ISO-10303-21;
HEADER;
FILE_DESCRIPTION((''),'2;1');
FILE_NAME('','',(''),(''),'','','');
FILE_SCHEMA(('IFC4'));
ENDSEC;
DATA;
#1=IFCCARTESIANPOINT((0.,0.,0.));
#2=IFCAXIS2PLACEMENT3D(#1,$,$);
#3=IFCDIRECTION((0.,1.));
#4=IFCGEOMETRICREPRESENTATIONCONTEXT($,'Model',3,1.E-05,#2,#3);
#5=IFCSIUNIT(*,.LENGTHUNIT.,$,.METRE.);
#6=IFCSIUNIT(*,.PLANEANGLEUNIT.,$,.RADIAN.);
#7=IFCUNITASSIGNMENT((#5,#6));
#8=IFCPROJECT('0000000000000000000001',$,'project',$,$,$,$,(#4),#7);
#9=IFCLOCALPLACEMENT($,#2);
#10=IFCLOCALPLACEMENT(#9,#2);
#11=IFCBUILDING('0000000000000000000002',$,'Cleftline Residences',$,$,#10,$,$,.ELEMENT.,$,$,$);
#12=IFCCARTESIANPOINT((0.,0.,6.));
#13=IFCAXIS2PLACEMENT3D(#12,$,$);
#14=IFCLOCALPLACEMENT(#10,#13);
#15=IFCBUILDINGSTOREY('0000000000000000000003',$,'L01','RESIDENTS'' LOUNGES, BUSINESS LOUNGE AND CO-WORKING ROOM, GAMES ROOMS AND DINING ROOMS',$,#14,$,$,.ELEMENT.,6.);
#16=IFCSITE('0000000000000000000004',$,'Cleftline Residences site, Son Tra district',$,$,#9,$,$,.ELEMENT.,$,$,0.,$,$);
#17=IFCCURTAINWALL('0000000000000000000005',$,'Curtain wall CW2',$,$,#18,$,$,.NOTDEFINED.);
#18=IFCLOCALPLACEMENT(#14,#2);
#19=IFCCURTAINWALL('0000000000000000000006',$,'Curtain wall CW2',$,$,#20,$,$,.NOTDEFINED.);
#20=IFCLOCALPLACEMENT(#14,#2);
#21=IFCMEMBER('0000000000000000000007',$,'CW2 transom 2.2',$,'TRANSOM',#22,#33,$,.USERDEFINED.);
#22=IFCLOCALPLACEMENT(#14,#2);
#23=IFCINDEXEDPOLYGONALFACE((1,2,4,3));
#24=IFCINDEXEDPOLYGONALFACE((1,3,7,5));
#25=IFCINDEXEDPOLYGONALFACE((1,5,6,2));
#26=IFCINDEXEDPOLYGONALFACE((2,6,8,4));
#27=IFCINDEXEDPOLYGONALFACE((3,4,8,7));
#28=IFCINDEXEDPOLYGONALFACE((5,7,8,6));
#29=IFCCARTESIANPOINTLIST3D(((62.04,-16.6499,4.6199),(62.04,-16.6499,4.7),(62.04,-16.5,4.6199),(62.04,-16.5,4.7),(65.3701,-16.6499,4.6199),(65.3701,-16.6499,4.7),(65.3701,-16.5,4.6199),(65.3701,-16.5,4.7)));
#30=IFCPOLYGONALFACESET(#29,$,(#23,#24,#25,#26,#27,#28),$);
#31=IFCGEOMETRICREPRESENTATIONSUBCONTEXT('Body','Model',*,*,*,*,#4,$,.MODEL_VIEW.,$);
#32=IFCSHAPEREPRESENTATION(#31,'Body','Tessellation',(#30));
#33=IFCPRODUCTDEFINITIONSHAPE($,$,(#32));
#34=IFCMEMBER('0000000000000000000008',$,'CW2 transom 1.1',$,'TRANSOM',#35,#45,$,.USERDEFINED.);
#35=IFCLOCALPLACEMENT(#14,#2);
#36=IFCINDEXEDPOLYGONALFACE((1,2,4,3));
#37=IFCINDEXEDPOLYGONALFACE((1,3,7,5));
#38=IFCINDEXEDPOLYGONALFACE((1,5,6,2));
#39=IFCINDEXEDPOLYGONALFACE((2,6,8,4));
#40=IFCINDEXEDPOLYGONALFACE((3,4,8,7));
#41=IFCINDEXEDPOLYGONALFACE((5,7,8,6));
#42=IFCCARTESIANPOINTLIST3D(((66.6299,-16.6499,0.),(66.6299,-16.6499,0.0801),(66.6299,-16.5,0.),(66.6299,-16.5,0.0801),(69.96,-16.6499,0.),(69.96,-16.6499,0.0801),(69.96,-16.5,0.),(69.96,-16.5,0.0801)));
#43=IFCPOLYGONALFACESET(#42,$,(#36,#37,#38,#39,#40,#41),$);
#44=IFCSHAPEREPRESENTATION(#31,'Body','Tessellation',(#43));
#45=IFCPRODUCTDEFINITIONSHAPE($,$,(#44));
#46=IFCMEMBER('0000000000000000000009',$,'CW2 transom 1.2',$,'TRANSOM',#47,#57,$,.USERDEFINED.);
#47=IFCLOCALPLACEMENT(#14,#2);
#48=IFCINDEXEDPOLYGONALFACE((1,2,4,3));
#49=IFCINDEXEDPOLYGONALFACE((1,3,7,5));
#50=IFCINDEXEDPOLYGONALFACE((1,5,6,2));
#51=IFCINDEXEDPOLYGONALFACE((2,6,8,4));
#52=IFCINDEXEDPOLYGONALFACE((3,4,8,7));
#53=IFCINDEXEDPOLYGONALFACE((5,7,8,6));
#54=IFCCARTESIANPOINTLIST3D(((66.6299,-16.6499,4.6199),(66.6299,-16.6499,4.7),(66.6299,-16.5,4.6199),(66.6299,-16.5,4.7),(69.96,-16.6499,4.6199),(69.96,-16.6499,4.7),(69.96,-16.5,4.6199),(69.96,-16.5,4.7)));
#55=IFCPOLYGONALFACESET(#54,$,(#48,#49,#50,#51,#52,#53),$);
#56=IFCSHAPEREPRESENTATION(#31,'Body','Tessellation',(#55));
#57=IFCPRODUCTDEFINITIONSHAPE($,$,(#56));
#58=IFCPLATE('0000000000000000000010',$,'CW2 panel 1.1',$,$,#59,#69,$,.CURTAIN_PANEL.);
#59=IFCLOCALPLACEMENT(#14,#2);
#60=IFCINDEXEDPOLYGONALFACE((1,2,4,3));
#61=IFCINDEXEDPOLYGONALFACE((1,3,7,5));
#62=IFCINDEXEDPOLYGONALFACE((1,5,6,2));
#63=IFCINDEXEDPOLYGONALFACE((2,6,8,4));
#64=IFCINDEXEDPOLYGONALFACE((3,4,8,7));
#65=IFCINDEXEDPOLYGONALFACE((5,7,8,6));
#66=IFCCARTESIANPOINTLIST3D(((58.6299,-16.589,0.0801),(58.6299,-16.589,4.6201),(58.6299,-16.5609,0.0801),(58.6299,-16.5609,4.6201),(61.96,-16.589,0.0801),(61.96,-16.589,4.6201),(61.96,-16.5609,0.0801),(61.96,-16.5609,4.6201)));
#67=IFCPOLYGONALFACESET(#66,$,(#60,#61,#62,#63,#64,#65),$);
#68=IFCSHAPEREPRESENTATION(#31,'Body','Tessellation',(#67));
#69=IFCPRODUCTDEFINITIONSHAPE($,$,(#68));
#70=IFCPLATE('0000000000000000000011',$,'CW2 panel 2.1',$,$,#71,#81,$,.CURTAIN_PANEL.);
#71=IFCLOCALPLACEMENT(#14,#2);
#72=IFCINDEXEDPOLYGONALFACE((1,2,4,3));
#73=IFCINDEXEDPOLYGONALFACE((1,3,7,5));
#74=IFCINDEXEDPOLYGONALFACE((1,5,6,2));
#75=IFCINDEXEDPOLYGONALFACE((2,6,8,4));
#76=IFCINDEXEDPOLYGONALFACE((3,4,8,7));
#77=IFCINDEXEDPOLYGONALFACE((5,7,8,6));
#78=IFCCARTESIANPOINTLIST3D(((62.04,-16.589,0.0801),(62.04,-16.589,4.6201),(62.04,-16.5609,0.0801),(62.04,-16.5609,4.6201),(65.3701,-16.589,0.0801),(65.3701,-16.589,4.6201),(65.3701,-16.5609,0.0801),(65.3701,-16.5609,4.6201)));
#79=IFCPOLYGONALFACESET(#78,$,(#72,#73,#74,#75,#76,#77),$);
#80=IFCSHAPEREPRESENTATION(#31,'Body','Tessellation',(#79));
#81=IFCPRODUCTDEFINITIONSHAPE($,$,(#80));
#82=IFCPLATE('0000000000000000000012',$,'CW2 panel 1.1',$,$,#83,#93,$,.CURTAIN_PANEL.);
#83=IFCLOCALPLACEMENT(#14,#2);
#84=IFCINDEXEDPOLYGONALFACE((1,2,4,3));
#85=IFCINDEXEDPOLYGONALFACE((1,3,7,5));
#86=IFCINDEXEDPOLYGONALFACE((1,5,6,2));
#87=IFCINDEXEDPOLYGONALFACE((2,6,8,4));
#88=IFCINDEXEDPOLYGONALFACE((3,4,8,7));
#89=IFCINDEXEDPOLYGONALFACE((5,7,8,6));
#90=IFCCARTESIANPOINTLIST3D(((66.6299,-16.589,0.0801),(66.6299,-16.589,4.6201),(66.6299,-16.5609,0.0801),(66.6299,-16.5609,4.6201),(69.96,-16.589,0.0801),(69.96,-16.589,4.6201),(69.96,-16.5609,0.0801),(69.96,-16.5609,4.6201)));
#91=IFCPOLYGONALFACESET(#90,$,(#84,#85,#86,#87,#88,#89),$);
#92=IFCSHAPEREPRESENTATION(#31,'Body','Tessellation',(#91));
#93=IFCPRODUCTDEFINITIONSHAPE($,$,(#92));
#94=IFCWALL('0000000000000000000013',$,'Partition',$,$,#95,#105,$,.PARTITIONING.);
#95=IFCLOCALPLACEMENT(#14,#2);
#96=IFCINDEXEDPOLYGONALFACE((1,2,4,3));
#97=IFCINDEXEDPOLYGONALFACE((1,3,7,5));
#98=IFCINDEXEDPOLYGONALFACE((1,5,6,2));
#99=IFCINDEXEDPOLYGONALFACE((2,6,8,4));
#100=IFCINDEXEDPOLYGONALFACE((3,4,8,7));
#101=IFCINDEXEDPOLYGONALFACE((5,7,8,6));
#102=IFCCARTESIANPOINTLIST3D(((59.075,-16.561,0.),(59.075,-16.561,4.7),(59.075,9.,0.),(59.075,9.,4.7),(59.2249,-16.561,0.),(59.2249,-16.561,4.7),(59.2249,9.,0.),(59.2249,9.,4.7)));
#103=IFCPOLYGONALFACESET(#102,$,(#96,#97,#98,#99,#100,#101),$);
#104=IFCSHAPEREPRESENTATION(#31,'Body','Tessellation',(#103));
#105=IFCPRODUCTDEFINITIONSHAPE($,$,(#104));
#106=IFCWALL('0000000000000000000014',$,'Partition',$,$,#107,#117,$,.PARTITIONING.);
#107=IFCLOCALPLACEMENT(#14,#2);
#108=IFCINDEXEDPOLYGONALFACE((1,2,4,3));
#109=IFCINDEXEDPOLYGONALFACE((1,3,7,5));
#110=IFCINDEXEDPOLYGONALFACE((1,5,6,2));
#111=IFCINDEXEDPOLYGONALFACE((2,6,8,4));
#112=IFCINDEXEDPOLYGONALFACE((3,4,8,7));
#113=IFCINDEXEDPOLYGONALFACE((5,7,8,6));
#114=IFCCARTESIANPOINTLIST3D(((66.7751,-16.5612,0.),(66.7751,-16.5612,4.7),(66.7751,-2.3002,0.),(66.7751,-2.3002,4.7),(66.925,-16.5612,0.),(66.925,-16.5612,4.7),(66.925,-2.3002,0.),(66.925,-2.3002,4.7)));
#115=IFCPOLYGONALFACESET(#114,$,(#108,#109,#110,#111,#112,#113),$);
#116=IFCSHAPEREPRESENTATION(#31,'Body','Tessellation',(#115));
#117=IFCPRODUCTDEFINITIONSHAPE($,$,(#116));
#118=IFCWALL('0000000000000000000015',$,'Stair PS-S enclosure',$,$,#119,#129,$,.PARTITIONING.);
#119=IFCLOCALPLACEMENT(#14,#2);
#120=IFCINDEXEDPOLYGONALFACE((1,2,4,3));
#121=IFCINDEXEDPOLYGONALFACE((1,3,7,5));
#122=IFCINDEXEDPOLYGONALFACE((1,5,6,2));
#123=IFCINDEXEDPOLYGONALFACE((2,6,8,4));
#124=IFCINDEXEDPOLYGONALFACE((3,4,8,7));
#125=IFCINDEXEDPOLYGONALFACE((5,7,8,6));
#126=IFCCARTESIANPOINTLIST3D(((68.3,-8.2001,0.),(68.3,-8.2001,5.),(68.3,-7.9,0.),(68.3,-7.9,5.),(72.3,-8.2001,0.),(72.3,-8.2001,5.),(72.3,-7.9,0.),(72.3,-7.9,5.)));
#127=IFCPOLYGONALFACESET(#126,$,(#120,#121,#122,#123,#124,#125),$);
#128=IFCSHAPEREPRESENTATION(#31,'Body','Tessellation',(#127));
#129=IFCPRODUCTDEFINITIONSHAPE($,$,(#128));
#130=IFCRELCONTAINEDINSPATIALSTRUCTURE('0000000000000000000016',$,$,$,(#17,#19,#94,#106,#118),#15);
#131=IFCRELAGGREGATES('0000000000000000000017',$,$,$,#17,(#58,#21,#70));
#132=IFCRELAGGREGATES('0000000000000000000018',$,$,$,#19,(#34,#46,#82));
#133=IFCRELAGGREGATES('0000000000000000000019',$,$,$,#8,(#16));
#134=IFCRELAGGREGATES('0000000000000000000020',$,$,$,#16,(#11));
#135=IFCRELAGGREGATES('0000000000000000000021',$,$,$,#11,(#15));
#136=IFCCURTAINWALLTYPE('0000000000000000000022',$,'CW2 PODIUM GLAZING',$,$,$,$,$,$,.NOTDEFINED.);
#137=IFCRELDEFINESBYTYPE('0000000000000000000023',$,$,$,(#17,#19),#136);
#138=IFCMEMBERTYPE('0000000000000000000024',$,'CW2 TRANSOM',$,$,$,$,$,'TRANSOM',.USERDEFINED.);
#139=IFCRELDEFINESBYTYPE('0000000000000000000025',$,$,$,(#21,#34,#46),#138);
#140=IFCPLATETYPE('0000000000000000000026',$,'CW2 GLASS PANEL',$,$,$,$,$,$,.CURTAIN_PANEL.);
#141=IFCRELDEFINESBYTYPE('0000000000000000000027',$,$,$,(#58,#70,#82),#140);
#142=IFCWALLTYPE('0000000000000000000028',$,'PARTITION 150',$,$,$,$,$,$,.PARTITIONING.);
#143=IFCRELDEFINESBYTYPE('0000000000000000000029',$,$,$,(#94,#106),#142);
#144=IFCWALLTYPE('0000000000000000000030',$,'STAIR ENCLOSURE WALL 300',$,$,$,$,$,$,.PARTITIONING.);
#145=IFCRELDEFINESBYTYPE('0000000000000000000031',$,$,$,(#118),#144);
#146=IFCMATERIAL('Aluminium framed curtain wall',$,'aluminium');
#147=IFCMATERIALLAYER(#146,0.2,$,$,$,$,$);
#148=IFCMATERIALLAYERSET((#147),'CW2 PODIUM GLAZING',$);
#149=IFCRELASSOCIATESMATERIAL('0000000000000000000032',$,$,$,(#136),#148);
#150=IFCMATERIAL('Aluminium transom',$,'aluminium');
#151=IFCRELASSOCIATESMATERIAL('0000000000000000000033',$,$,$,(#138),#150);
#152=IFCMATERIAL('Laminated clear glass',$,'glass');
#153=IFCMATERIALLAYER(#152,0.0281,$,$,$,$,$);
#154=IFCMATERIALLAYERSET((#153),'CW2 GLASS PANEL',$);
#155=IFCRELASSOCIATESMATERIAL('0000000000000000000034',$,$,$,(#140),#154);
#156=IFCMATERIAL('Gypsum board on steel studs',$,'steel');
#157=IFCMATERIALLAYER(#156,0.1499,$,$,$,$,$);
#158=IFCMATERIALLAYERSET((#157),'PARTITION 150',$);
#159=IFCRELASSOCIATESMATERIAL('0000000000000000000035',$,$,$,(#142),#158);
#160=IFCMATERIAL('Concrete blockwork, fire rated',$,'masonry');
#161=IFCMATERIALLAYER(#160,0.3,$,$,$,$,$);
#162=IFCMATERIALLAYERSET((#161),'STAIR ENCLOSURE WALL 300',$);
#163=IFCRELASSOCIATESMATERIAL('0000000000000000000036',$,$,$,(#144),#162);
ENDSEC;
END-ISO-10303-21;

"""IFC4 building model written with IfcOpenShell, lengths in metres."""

from ifc_helpers import new_model, si_unit, direction, frame, frame_2d, origin, origin_2d, place, context, subcontext, project, spatial, rectangle, extrude, material, layer, layer_set, material_profile, profile_set, type_object, element, aggregate, save


model = new_model("IFC4")

# Units and contexts
model_context = context("Model", 3, precision=1e-05, world=origin(), true_north=direction((0.0, 1.0)))
body_context = subcontext(model_context, "Body", "Model", "MODEL_VIEW")
ifc_project = project(units=[si_unit("LENGTHUNIT", "METRE"), si_unit("PLANEANGLEUNIT", "RADIAN")], contexts=[model_context])

# Site, building, storey
site_placement = place(None, origin())
site = spatial("IfcSite", under=ifc_project, at=site_placement, Name="Cleftline Residences site, Son Tra district", CompositionType="ELEMENT", RefElevation=0.0)
building_placement = place(site_placement, origin())
building = spatial("IfcBuilding", under=site, at=building_placement, Name="Cleftline Residences", CompositionType="ELEMENT")
storey_placement = place(building_placement, frame((0.0, 0.0, 6.0)))
storey = spatial("IfcBuildingStorey", under=building, at=storey_placement, Name="L01", Description="RESIDENTS' LOUNGES, BUSINESS LOUNGE AND CO-WORKING ROOM, GAMES ROOMS AND DINING ROOMS", CompositionType="ELEMENT", Elevation=6.0)

# Curtain walls
ifc_material_1 = material(Name="Aluminium framed curtain wall", Category="aluminium")
ifc_layer_1 = layer(ifc_material_1, 0.2)
ifc_layer_set_1 = layer_set([ifc_layer_1], Name="CW2 PODIUM GLAZING")
curtain_wall_type = type_object("IfcCurtainWallType", Name="CW2 PODIUM GLAZING", PredefinedType="NOTDEFINED", material=ifc_layer_set_1)
curtain_wall_1_placement = place(storey_placement, origin())
curtain_wall_1 = element("IfcCurtainWall", 1, at=curtain_wall_1_placement, inside=storey, type_object=curtain_wall_type, Name="Curtain wall CW2", PredefinedType="NOTDEFINED")
curtain_wall_2_placement = place(storey_placement, origin())
curtain_wall_2 = element("IfcCurtainWall", 2, at=curtain_wall_2_placement, inside=storey, type_object=curtain_wall_type, Name="Curtain wall CW2", PredefinedType="NOTDEFINED")

# Members
ifc_material_2 = material(Name="Aluminium transom", Category="aluminium")
ifc_material_profile_1 = material_profile(ifc_material_2, rectangle(XDim=0.1499, YDim=0.0801, at=origin_2d()))
ifc_profile_set_1 = profile_set([ifc_material_profile_1], Name="Aluminium transom")
member_type_1 = type_object("IfcMemberType", Name="CW2 TRANSOM", ElementType="TRANSOM", PredefinedType="USERDEFINED", material=ifc_profile_set_1)
member_1_placement = place(storey_placement, frame((62.04, -16.575, 4.6599), z_axis=(1.0, 0.0, 0.0), x_axis=(0.0, 1.0, 0.0)))
member_1 = element("IfcMember", 3, at=member_1_placement, type_object=member_type_1, Name="CW2 transom 2.2", ObjectType="TRANSOM", PredefinedType="USERDEFINED", context=body_context, shape_type="SweptSolid", body=[
    extrude(rectangle(XDim=0.1499, YDim=0.0801, at=origin_2d()), origin(), (0.0, 0.0, 1.0), 3.3301),
])
member_2_placement = place(storey_placement, frame((66.6299, -16.575, 0.04), z_axis=(1.0, 0.0, 0.0), x_axis=(0.0, 1.0, 0.0)))
member_2 = element("IfcMember", 4, at=member_2_placement, type_object=member_type_1, Name="CW2 transom 1.1", ObjectType="TRANSOM", PredefinedType="USERDEFINED", context=body_context, shape_type="SweptSolid", body=[
    extrude(rectangle(XDim=0.1499, YDim=0.0801, at=origin_2d()), origin(), (0.0, 0.0, 1.0), 3.3301),
])
member_3_placement = place(storey_placement, frame((66.6299, -16.575, 4.6599), z_axis=(1.0, 0.0, 0.0), x_axis=(0.0, 1.0, 0.0)))
member_3 = element("IfcMember", 5, at=member_3_placement, type_object=member_type_1, Name="CW2 transom 1.2", ObjectType="TRANSOM", PredefinedType="USERDEFINED", context=body_context, shape_type="SweptSolid", body=[
    extrude(rectangle(XDim=0.1499, YDim=0.0801, at=origin_2d()), origin(), (0.0, 0.0, 1.0), 3.3301),
])

# Plates
ifc_material_3 = material(Name="Laminated clear glass", Category="glass")
ifc_layer_2 = layer(ifc_material_3, 0.0281)
ifc_layer_set_2 = layer_set([ifc_layer_2], Name="CW2 GLASS PANEL")
plate_type = type_object("IfcPlateType", Name="CW2 GLASS PANEL", PredefinedType="CURTAIN_PANEL", material=ifc_layer_set_2)
plate_1_placement = place(storey_placement, frame((60.2949, -16.575, 0.0801), z_axis=(0.0, 0.0, 1.0), x_axis=(1.0, 0.0, 0.0)))
plate_1 = element("IfcPlate", 6, at=plate_1_placement, type_object=plate_type, Name="CW2 panel 1.1", PredefinedType="CURTAIN_PANEL", context=body_context, shape_type="SweptSolid", body=[
    extrude(rectangle(XDim=3.3301, YDim=0.0281, at=origin_2d()), origin(), (0.0, 0.0, 1.0), 4.54),
])
plate_2_placement = place(storey_placement, frame((63.7051, -16.575, 0.0801), z_axis=(0.0, 0.0, 1.0), x_axis=(1.0, 0.0, 0.0)))
plate_2 = element("IfcPlate", 7, at=plate_2_placement, type_object=plate_type, Name="CW2 panel 2.1", PredefinedType="CURTAIN_PANEL", context=body_context, shape_type="SweptSolid", body=[
    extrude(rectangle(XDim=3.3301, YDim=0.0281, at=origin_2d()), origin(), (0.0, 0.0, 1.0), 4.54),
])
aggregate(curtain_wall_1, [plate_1, member_1, plate_2])
plate_3_placement = place(storey_placement, frame((68.2949, -16.575, 0.0801), z_axis=(0.0, 0.0, 1.0), x_axis=(1.0, 0.0, 0.0)))
plate_3 = element("IfcPlate", 8, at=plate_3_placement, type_object=plate_type, Name="CW2 panel 1.1", PredefinedType="CURTAIN_PANEL", context=body_context, shape_type="SweptSolid", body=[
    extrude(rectangle(XDim=3.3301, YDim=0.0281, at=origin_2d()), origin(), (0.0, 0.0, 1.0), 4.54),
])
aggregate(curtain_wall_2, [member_2, member_3, plate_3])

# Walls
ifc_material_4 = material(Name="Gypsum board on steel studs", Category="steel")
ifc_layer_3 = layer(ifc_material_4, 0.1499)
ifc_layer_set_3 = layer_set([ifc_layer_3], Name="PARTITION 150")
wall_type_1 = type_object("IfcWallType", Name="PARTITION 150", PredefinedType="PARTITIONING", material=ifc_layer_set_3)
wall_1_placement = place(storey_placement, frame((59.1499, -16.561, 0.0), z_axis=(0.0, 0.0, 1.0), x_axis=(0.0, 1.0, 0.0)))
element("IfcWall", 9, at=wall_1_placement, inside=storey, type_object=wall_type_1, Name="Partition", PredefinedType="PARTITIONING", context=body_context, shape_type="SweptSolid", body=[
    extrude(rectangle(XDim=25.561, YDim=0.1499, at=frame_2d((12.7805, 0.0))), origin(), (0.0, 0.0, 1.0), 4.7),
])
wall_2_placement = place(storey_placement, frame((66.8501, -16.561, 0.0), z_axis=(0.0, 0.0, 1.0), x_axis=(0.0, 1.0, 0.0)))
element("IfcWall", 10, at=wall_2_placement, inside=storey, type_object=wall_type_1, Name="Partition", PredefinedType="PARTITIONING", context=body_context, shape_type="SweptSolid", body=[
    extrude(rectangle(XDim=14.261, YDim=0.1499, at=frame_2d((7.1304, 0.0))), origin(), (0.0, 0.0, 1.0), 4.7),
])
ifc_material_5 = material(Name="Concrete blockwork, fire rated", Category="masonry")
ifc_layer_4 = layer(ifc_material_5, 0.3)
ifc_layer_set_4 = layer_set([ifc_layer_4], Name="STAIR ENCLOSURE WALL 300")
wall_type_2 = type_object("IfcWallType", Name="STAIR ENCLOSURE WALL 300", PredefinedType="PARTITIONING", material=ifc_layer_set_4)
wall_3_placement = place(storey_placement, frame((68.3, -8.05, 0.0), z_axis=(0.0, 0.0, 1.0), x_axis=(1.0, 0.0, 0.0)))
element("IfcWall", 11, at=wall_3_placement, inside=storey, type_object=wall_type_2, Name="Stair PS-S enclosure", PredefinedType="PARTITIONING", context=body_context, shape_type="SweptSolid", body=[
    extrude(rectangle(XDim=4.0, YDim=0.3, at=frame_2d((2.0, 0.0))), origin(), (0.0, 0.0, 1.0), 5.0),
])

save(model, "model.ifc")
